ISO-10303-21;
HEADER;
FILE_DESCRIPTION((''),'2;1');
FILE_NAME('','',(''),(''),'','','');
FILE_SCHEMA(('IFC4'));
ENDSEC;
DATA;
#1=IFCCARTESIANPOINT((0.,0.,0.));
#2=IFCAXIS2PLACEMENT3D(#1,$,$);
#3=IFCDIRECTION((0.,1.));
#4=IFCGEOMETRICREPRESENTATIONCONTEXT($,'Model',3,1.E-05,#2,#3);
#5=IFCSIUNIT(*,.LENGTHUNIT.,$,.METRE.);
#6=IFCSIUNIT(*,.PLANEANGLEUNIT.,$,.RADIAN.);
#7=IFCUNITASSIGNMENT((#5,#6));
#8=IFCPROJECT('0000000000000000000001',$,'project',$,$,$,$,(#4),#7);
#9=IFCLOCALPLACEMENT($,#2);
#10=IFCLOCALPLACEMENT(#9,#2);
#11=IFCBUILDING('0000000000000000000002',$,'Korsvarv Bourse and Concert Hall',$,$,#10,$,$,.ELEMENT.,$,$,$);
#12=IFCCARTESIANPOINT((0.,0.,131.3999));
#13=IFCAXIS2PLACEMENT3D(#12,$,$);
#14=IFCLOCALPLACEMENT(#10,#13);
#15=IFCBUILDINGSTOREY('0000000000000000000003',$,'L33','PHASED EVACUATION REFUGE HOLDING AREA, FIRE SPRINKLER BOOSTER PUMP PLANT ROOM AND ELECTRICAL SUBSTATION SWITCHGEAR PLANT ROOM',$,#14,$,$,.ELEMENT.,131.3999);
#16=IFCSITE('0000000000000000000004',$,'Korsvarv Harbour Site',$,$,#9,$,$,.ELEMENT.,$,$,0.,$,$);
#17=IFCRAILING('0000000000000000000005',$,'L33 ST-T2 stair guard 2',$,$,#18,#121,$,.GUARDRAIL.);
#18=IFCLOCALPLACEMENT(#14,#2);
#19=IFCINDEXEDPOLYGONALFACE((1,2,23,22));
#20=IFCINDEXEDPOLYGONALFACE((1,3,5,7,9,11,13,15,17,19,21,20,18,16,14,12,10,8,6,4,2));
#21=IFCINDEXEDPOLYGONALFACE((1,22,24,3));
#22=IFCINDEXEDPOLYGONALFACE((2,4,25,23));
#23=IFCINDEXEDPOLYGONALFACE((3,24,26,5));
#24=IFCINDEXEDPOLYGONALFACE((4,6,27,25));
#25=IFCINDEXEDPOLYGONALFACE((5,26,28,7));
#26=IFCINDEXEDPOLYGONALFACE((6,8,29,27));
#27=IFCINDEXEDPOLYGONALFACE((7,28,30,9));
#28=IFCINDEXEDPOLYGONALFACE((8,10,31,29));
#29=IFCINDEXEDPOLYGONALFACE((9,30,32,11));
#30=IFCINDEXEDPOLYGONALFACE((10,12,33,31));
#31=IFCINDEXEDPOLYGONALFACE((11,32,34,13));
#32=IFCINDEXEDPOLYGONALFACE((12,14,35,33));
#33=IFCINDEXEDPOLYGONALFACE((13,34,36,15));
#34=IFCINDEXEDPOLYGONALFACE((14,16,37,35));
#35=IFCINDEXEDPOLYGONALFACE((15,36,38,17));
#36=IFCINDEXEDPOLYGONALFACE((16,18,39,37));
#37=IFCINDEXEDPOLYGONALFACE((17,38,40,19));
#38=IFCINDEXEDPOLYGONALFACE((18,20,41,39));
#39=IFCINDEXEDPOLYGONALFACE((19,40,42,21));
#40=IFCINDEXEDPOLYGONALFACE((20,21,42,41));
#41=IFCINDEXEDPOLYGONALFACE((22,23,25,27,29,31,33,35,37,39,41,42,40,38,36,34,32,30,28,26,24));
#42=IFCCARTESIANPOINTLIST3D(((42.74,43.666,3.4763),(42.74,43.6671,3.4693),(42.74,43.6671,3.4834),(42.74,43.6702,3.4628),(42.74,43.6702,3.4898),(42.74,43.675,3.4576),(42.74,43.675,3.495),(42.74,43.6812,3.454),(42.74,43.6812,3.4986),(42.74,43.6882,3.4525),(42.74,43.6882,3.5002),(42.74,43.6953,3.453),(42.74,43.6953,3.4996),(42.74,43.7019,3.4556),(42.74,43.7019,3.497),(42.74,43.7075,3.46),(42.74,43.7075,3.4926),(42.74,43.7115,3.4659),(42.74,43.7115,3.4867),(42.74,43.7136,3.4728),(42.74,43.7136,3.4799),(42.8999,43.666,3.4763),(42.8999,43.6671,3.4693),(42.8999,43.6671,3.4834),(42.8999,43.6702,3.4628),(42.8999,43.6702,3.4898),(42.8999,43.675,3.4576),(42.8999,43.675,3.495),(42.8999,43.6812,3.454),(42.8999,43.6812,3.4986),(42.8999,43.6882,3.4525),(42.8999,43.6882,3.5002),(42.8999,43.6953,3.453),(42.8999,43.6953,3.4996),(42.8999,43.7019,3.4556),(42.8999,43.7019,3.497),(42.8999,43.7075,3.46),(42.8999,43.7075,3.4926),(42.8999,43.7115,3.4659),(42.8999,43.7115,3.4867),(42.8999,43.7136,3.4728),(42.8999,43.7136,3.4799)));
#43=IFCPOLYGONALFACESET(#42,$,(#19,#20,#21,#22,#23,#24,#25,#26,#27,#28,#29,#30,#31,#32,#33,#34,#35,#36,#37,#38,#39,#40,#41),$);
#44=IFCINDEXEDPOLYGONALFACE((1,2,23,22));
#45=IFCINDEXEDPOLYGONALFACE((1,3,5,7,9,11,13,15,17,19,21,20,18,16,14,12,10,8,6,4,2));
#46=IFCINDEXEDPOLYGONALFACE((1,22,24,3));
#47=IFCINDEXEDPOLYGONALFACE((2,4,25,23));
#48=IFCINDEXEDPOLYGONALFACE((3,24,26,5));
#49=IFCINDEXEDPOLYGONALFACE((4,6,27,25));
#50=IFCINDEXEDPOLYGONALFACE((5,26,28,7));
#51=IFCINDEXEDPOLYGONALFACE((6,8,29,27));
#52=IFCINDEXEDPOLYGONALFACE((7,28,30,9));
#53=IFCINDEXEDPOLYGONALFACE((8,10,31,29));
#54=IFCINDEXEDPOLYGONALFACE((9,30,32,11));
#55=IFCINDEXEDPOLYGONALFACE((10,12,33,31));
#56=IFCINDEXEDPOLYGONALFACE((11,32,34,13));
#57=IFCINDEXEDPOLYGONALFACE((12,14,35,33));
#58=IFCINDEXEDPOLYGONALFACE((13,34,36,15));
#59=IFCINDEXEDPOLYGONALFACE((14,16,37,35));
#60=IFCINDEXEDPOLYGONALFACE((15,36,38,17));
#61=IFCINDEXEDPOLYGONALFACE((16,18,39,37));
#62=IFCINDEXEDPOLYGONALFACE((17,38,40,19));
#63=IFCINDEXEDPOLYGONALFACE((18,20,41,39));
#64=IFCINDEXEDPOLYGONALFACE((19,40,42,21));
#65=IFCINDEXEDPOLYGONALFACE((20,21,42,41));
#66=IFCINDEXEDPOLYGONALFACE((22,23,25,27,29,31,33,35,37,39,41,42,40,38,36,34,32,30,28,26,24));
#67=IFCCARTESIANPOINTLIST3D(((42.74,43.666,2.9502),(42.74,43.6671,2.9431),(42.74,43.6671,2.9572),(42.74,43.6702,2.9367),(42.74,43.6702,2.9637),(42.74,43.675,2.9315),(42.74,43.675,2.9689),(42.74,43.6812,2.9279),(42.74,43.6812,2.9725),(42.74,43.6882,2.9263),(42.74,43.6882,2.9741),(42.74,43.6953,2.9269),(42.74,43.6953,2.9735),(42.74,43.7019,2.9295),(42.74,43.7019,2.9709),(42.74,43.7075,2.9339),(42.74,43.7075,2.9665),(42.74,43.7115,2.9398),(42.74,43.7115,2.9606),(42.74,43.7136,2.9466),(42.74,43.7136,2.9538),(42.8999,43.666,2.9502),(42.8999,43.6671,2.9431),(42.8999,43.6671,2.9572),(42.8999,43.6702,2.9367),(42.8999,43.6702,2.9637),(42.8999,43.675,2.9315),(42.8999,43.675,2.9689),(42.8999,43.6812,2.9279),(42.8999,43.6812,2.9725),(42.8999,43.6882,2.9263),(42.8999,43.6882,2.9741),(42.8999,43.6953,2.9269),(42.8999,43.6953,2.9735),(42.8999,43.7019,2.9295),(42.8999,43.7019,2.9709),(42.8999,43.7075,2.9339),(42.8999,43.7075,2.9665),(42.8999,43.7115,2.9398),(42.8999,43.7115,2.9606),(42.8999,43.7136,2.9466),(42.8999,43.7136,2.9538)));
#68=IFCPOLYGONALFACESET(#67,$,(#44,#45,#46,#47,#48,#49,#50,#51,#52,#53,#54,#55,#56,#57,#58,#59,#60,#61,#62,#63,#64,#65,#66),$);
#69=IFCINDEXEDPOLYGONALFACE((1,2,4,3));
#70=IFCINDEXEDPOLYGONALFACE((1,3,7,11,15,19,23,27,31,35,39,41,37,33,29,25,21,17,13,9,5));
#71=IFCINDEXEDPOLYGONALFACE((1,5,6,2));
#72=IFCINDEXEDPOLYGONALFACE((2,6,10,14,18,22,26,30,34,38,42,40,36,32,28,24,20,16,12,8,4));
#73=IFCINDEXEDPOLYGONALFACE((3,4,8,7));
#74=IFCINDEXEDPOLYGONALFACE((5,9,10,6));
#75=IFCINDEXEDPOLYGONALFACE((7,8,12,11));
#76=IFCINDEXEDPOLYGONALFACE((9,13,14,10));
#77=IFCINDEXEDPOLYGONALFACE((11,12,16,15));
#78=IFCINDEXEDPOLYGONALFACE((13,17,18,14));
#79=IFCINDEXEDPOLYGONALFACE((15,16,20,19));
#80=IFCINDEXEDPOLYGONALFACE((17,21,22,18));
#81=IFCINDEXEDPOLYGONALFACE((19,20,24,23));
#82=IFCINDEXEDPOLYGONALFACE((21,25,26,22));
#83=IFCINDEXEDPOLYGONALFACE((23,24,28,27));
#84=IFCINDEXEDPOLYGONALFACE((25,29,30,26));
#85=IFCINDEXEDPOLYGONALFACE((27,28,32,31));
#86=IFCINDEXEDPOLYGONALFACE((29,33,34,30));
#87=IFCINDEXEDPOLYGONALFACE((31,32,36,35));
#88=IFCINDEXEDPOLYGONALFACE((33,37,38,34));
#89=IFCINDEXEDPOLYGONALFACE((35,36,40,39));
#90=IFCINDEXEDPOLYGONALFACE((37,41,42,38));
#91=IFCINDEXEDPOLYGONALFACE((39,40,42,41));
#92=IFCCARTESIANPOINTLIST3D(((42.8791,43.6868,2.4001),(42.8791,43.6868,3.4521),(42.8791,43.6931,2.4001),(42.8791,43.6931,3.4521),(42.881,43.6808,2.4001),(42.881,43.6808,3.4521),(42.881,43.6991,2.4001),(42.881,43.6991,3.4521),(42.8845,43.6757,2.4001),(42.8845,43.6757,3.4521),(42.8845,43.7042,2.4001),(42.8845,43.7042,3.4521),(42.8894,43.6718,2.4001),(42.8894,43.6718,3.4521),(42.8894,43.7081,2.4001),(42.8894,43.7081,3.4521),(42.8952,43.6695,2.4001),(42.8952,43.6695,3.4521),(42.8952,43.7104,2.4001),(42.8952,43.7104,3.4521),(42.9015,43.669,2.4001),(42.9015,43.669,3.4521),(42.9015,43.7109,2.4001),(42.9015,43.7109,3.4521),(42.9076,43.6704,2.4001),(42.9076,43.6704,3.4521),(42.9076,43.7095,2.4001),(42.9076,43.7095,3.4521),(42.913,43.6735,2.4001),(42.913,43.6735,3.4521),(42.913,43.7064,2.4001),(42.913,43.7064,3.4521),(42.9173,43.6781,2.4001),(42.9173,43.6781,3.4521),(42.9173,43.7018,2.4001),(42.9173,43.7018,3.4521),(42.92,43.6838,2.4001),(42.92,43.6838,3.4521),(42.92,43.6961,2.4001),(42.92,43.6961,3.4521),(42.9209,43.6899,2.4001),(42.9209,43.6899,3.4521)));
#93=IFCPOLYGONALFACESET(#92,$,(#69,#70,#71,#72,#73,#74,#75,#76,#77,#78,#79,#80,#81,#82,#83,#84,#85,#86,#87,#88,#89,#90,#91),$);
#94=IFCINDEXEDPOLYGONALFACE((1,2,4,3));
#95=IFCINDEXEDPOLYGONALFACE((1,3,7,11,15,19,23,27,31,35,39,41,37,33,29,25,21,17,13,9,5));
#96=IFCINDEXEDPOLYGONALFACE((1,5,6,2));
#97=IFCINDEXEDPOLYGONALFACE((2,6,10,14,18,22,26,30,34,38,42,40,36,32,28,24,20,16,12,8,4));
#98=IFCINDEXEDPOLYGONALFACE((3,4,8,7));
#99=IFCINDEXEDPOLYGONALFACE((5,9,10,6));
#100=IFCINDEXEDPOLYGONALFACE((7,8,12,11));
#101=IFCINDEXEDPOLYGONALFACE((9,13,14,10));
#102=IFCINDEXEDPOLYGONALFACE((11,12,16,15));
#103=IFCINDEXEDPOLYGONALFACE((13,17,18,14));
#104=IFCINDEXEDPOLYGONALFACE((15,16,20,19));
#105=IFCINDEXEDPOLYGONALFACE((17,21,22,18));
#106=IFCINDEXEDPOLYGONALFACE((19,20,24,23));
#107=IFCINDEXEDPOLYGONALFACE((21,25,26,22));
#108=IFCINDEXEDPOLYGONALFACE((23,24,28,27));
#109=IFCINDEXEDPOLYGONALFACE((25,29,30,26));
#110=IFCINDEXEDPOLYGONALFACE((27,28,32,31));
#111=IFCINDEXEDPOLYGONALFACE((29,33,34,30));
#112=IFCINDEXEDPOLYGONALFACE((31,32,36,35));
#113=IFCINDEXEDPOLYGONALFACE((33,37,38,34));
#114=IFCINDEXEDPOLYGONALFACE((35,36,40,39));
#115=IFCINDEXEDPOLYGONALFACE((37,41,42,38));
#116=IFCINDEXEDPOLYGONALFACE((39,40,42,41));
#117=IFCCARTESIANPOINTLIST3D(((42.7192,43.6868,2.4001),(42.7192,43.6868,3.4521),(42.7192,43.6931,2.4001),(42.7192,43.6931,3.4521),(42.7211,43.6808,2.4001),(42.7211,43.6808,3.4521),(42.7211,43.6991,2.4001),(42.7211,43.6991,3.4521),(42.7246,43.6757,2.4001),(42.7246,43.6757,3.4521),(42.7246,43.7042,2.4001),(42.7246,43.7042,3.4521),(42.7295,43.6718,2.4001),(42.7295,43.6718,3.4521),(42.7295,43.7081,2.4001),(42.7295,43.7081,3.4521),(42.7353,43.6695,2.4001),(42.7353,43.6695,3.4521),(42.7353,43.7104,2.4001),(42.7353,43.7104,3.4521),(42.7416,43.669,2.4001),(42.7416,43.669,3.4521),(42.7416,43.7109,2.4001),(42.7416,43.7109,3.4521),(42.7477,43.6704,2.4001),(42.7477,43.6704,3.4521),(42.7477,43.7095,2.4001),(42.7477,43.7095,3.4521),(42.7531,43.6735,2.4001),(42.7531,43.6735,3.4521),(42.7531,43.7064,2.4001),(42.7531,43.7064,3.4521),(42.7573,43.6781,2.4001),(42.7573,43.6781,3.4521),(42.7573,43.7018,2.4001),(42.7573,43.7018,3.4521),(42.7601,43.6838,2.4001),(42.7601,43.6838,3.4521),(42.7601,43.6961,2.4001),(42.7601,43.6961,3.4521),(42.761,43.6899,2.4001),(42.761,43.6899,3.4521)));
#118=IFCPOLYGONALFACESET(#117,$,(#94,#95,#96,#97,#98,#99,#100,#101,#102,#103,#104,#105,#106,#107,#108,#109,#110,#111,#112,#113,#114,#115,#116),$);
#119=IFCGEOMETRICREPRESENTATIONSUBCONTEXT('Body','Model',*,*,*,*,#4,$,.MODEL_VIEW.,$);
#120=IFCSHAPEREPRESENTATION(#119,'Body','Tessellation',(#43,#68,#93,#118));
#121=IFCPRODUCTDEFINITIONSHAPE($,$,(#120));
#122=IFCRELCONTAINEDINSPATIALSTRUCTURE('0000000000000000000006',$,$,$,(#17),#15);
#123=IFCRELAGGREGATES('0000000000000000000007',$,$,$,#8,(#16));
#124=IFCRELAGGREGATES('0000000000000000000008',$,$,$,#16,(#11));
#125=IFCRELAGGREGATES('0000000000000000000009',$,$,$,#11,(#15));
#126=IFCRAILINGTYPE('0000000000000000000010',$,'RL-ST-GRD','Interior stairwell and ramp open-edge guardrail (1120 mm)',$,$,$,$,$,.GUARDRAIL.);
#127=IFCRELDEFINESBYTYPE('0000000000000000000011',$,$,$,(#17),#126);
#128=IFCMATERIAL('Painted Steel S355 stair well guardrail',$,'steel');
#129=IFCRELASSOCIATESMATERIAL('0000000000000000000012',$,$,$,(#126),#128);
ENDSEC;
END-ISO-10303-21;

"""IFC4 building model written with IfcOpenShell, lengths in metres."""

from ifc_helpers import new_model, si_unit, direction, frame, origin, origin_2d, place, context, subcontext, project, spatial, circle, extrude, material, type_object, element, save


model = new_model("IFC4")

# Units and contexts
model_context = context("Model", 3, precision=1e-05, world=origin(), true_north=direction((0.0, 1.0)))
body_context = subcontext(model_context, "Body", "Model", "MODEL_VIEW")
ifc_project = project(units=[si_unit("LENGTHUNIT", "METRE"), si_unit("PLANEANGLEUNIT", "RADIAN")], contexts=[model_context])

# Site, building, storey
site_placement = place(None, origin())
site = spatial("IfcSite", under=ifc_project, at=site_placement, Name="Korsvarv Harbour Site", CompositionType="ELEMENT", RefElevation=0.0)
building_placement = place(site_placement, origin())
building = spatial("IfcBuilding", under=site, at=building_placement, Name="Korsvarv Bourse and Concert Hall", CompositionType="ELEMENT")
storey_placement = place(building_placement, frame((0.0, 0.0, 131.3999)))
storey = spatial("IfcBuildingStorey", under=building, at=storey_placement, Name="L33", Description="PHASED EVACUATION REFUGE HOLDING AREA, FIRE SPRINKLER BOOSTER PUMP PLANT ROOM AND ELECTRICAL SUBSTATION SWITCHGEAR PLANT ROOM", CompositionType="ELEMENT", Elevation=131.3999)

# Railing
ifc_material_1 = material(Name="Painted Steel S355 stair well guardrail", Category="steel")
railing_type_1 = type_object("IfcRailingType", Name="RL-ST-GRD", Description="Interior stairwell and ramp open-edge guardrail (1120 mm)", PredefinedType="GUARDRAIL", material=ifc_material_1)
railing_1_placement = place(storey_placement, frame((42.8999, 43.6899, 2.4001)))
element("IfcRailing", 1, at=railing_1_placement, inside=storey, type_object=railing_type_1, Name="L33 ST-T2 stair guard 2", PredefinedType="GUARDRAIL", context=body_context, shape_type="SweptSolid", body=[
    extrude(circle(Radius=0.0239, at=origin_2d()), frame((0.0, 0.0, 1.0762), z_axis=(-1.0, 0.0, 0.0), x_axis=(0.0, -1.0, 0.0)), (0.0, 0.0, 1.0), 0.1599),
    extrude(circle(Radius=0.0239, at=origin_2d()), frame((0.0, 0.0, 0.55), z_axis=(-1.0, 0.0, 0.0), x_axis=(0.0, -1.0, 0.0)), (0.0, 0.0, 1.0), 0.1599),
    extrude(circle(Radius=0.021, at=origin_2d()), origin(), (0.0, 0.0, 1.0), 1.052),
    extrude(circle(Radius=0.021, at=origin_2d()), frame((-0.1599, 0.0, 0.0)), (0.0, 0.0, 1.0), 1.052),
])

save(model, "model.ifc")
